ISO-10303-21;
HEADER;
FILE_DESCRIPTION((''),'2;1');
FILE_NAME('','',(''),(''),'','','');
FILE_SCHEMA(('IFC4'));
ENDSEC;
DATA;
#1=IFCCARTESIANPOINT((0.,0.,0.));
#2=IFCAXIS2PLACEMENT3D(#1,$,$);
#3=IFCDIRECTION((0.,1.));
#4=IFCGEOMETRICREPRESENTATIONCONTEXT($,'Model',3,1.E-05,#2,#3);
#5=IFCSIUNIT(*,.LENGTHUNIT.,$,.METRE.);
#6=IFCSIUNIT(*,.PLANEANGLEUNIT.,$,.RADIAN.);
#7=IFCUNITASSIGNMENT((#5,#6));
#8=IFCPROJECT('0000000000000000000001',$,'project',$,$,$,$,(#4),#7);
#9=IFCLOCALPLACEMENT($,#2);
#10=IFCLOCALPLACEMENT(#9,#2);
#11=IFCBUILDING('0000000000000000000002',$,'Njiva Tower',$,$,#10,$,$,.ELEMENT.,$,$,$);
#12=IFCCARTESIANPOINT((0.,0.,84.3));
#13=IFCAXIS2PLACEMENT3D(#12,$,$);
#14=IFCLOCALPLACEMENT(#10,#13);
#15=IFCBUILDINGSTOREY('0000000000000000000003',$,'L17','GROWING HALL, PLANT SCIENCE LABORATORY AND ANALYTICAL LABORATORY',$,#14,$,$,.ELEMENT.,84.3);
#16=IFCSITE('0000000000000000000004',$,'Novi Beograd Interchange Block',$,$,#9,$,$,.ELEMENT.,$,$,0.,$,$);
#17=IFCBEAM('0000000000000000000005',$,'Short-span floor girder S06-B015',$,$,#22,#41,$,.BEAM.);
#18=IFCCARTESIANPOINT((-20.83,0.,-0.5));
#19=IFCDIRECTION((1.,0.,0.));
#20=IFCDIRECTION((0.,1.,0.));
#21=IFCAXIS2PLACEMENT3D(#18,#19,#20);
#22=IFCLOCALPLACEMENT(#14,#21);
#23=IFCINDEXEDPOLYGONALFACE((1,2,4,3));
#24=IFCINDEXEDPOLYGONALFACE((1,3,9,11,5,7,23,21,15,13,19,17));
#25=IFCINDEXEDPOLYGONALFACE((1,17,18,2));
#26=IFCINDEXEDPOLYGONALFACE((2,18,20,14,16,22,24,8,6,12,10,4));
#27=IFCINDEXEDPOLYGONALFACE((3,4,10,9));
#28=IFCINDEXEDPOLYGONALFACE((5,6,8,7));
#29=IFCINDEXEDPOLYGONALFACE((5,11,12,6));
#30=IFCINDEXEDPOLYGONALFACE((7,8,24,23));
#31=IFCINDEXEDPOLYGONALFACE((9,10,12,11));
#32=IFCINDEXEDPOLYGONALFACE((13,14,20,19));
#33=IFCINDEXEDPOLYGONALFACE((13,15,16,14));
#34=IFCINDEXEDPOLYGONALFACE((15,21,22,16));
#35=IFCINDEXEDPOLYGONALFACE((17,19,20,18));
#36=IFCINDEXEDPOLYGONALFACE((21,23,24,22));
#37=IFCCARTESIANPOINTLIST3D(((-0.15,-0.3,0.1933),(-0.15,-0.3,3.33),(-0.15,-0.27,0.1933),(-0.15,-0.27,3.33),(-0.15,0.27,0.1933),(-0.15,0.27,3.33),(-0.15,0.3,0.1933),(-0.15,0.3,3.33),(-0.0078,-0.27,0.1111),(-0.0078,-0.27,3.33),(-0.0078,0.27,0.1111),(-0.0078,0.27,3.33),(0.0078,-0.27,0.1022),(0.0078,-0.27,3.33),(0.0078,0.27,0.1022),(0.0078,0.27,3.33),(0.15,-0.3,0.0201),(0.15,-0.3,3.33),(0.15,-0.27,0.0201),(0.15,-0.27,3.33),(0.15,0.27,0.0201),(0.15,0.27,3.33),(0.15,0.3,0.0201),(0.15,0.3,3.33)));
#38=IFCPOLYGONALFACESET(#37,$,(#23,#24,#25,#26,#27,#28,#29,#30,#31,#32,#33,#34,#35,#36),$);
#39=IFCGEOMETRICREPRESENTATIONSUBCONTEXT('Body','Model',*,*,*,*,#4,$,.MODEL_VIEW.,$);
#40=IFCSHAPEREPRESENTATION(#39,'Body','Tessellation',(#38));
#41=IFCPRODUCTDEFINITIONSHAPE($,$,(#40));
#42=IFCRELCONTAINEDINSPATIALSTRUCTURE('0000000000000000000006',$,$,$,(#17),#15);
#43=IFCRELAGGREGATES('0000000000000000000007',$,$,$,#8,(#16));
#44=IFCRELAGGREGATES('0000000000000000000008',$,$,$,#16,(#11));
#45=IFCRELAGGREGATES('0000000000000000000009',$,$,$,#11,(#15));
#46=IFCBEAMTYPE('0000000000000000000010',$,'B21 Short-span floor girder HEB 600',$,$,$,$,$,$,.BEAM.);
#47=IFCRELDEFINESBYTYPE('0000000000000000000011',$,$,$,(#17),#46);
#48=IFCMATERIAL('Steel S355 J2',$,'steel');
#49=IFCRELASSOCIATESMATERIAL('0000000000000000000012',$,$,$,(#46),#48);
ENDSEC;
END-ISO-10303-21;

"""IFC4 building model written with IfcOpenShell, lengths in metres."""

from ifc_helpers import new_model, si_unit, direction, frame, origin, origin_2d, place, context, subcontext, project, spatial, i_section, extrude, clip, halfspace, material, material_profile, profile_set, type_object, element, save


model = new_model("IFC4")

# Units and contexts
model_context = context("Model", 3, precision=1e-05, world=origin(), true_north=direction((0.0, 1.0)))
body_context = subcontext(model_context, "Body", "Model", "MODEL_VIEW")
ifc_project = project(units=[si_unit("LENGTHUNIT", "METRE"), si_unit("PLANEANGLEUNIT", "RADIAN")], contexts=[model_context])

# Site, building, storey
site_placement = place(None, origin())
site = spatial("IfcSite", under=ifc_project, at=site_placement, Name="Novi Beograd Interchange Block", CompositionType="ELEMENT", RefElevation=0.0)
building_placement = place(site_placement, origin())
building = spatial("IfcBuilding", under=site, at=building_placement, Name="Njiva Tower", CompositionType="ELEMENT")
storey_placement = place(building_placement, frame((0.0, 0.0, 84.3)))
storey = spatial("IfcBuildingStorey", under=building, at=storey_placement, Name="L17", Description="GROWING HALL, PLANT SCIENCE LABORATORY AND ANALYTICAL LABORATORY", CompositionType="ELEMENT", Elevation=84.3)

# Shared definitions
ifc_material_1 = material(Name="Steel S355 J2", Category="steel")

# Beam
ifc_material_profile_1 = material_profile(ifc_material_1, i_section(OverallWidth=0.3, OverallDepth=0.6, WebThickness=0.0155, FlangeThickness=0.03, at=origin_2d()), Name="HEB 600")
ifc_profile_set_1 = profile_set([ifc_material_profile_1], Name="Steel S355 J2")
beam_type_1 = type_object("IfcBeamType", Name="B21 Short-span floor girder HEB 600", PredefinedType="BEAM", material=ifc_profile_set_1)
beam_1_placement = place(storey_placement, frame((-20.83, 0.0, -0.5), z_axis=(1.0, 0.0, 0.0), x_axis=(0.0, 1.0, 0.0)))
element("IfcBeam", 1, at=beam_1_placement, inside=storey, type_object=beam_type_1, Name="Short-span floor girder S06-B015", PredefinedType="BEAM", context=body_context, shape_type="Clipping", body=[
    clip(extrude(i_section(OverallWidth=0.3, OverallDepth=0.6, WebThickness=0.0155, FlangeThickness=0.03, at=origin_2d()), origin(), (0.0, 0.0, 1.0), 3.33), halfspace(frame((-0.025, 0.0, 0.1211), z_axis=(-0.499998, 0.0, -0.866027), x_axis=(0.0, -1.0, 0.0)), False)),
])

save(model, "model.ifc")
